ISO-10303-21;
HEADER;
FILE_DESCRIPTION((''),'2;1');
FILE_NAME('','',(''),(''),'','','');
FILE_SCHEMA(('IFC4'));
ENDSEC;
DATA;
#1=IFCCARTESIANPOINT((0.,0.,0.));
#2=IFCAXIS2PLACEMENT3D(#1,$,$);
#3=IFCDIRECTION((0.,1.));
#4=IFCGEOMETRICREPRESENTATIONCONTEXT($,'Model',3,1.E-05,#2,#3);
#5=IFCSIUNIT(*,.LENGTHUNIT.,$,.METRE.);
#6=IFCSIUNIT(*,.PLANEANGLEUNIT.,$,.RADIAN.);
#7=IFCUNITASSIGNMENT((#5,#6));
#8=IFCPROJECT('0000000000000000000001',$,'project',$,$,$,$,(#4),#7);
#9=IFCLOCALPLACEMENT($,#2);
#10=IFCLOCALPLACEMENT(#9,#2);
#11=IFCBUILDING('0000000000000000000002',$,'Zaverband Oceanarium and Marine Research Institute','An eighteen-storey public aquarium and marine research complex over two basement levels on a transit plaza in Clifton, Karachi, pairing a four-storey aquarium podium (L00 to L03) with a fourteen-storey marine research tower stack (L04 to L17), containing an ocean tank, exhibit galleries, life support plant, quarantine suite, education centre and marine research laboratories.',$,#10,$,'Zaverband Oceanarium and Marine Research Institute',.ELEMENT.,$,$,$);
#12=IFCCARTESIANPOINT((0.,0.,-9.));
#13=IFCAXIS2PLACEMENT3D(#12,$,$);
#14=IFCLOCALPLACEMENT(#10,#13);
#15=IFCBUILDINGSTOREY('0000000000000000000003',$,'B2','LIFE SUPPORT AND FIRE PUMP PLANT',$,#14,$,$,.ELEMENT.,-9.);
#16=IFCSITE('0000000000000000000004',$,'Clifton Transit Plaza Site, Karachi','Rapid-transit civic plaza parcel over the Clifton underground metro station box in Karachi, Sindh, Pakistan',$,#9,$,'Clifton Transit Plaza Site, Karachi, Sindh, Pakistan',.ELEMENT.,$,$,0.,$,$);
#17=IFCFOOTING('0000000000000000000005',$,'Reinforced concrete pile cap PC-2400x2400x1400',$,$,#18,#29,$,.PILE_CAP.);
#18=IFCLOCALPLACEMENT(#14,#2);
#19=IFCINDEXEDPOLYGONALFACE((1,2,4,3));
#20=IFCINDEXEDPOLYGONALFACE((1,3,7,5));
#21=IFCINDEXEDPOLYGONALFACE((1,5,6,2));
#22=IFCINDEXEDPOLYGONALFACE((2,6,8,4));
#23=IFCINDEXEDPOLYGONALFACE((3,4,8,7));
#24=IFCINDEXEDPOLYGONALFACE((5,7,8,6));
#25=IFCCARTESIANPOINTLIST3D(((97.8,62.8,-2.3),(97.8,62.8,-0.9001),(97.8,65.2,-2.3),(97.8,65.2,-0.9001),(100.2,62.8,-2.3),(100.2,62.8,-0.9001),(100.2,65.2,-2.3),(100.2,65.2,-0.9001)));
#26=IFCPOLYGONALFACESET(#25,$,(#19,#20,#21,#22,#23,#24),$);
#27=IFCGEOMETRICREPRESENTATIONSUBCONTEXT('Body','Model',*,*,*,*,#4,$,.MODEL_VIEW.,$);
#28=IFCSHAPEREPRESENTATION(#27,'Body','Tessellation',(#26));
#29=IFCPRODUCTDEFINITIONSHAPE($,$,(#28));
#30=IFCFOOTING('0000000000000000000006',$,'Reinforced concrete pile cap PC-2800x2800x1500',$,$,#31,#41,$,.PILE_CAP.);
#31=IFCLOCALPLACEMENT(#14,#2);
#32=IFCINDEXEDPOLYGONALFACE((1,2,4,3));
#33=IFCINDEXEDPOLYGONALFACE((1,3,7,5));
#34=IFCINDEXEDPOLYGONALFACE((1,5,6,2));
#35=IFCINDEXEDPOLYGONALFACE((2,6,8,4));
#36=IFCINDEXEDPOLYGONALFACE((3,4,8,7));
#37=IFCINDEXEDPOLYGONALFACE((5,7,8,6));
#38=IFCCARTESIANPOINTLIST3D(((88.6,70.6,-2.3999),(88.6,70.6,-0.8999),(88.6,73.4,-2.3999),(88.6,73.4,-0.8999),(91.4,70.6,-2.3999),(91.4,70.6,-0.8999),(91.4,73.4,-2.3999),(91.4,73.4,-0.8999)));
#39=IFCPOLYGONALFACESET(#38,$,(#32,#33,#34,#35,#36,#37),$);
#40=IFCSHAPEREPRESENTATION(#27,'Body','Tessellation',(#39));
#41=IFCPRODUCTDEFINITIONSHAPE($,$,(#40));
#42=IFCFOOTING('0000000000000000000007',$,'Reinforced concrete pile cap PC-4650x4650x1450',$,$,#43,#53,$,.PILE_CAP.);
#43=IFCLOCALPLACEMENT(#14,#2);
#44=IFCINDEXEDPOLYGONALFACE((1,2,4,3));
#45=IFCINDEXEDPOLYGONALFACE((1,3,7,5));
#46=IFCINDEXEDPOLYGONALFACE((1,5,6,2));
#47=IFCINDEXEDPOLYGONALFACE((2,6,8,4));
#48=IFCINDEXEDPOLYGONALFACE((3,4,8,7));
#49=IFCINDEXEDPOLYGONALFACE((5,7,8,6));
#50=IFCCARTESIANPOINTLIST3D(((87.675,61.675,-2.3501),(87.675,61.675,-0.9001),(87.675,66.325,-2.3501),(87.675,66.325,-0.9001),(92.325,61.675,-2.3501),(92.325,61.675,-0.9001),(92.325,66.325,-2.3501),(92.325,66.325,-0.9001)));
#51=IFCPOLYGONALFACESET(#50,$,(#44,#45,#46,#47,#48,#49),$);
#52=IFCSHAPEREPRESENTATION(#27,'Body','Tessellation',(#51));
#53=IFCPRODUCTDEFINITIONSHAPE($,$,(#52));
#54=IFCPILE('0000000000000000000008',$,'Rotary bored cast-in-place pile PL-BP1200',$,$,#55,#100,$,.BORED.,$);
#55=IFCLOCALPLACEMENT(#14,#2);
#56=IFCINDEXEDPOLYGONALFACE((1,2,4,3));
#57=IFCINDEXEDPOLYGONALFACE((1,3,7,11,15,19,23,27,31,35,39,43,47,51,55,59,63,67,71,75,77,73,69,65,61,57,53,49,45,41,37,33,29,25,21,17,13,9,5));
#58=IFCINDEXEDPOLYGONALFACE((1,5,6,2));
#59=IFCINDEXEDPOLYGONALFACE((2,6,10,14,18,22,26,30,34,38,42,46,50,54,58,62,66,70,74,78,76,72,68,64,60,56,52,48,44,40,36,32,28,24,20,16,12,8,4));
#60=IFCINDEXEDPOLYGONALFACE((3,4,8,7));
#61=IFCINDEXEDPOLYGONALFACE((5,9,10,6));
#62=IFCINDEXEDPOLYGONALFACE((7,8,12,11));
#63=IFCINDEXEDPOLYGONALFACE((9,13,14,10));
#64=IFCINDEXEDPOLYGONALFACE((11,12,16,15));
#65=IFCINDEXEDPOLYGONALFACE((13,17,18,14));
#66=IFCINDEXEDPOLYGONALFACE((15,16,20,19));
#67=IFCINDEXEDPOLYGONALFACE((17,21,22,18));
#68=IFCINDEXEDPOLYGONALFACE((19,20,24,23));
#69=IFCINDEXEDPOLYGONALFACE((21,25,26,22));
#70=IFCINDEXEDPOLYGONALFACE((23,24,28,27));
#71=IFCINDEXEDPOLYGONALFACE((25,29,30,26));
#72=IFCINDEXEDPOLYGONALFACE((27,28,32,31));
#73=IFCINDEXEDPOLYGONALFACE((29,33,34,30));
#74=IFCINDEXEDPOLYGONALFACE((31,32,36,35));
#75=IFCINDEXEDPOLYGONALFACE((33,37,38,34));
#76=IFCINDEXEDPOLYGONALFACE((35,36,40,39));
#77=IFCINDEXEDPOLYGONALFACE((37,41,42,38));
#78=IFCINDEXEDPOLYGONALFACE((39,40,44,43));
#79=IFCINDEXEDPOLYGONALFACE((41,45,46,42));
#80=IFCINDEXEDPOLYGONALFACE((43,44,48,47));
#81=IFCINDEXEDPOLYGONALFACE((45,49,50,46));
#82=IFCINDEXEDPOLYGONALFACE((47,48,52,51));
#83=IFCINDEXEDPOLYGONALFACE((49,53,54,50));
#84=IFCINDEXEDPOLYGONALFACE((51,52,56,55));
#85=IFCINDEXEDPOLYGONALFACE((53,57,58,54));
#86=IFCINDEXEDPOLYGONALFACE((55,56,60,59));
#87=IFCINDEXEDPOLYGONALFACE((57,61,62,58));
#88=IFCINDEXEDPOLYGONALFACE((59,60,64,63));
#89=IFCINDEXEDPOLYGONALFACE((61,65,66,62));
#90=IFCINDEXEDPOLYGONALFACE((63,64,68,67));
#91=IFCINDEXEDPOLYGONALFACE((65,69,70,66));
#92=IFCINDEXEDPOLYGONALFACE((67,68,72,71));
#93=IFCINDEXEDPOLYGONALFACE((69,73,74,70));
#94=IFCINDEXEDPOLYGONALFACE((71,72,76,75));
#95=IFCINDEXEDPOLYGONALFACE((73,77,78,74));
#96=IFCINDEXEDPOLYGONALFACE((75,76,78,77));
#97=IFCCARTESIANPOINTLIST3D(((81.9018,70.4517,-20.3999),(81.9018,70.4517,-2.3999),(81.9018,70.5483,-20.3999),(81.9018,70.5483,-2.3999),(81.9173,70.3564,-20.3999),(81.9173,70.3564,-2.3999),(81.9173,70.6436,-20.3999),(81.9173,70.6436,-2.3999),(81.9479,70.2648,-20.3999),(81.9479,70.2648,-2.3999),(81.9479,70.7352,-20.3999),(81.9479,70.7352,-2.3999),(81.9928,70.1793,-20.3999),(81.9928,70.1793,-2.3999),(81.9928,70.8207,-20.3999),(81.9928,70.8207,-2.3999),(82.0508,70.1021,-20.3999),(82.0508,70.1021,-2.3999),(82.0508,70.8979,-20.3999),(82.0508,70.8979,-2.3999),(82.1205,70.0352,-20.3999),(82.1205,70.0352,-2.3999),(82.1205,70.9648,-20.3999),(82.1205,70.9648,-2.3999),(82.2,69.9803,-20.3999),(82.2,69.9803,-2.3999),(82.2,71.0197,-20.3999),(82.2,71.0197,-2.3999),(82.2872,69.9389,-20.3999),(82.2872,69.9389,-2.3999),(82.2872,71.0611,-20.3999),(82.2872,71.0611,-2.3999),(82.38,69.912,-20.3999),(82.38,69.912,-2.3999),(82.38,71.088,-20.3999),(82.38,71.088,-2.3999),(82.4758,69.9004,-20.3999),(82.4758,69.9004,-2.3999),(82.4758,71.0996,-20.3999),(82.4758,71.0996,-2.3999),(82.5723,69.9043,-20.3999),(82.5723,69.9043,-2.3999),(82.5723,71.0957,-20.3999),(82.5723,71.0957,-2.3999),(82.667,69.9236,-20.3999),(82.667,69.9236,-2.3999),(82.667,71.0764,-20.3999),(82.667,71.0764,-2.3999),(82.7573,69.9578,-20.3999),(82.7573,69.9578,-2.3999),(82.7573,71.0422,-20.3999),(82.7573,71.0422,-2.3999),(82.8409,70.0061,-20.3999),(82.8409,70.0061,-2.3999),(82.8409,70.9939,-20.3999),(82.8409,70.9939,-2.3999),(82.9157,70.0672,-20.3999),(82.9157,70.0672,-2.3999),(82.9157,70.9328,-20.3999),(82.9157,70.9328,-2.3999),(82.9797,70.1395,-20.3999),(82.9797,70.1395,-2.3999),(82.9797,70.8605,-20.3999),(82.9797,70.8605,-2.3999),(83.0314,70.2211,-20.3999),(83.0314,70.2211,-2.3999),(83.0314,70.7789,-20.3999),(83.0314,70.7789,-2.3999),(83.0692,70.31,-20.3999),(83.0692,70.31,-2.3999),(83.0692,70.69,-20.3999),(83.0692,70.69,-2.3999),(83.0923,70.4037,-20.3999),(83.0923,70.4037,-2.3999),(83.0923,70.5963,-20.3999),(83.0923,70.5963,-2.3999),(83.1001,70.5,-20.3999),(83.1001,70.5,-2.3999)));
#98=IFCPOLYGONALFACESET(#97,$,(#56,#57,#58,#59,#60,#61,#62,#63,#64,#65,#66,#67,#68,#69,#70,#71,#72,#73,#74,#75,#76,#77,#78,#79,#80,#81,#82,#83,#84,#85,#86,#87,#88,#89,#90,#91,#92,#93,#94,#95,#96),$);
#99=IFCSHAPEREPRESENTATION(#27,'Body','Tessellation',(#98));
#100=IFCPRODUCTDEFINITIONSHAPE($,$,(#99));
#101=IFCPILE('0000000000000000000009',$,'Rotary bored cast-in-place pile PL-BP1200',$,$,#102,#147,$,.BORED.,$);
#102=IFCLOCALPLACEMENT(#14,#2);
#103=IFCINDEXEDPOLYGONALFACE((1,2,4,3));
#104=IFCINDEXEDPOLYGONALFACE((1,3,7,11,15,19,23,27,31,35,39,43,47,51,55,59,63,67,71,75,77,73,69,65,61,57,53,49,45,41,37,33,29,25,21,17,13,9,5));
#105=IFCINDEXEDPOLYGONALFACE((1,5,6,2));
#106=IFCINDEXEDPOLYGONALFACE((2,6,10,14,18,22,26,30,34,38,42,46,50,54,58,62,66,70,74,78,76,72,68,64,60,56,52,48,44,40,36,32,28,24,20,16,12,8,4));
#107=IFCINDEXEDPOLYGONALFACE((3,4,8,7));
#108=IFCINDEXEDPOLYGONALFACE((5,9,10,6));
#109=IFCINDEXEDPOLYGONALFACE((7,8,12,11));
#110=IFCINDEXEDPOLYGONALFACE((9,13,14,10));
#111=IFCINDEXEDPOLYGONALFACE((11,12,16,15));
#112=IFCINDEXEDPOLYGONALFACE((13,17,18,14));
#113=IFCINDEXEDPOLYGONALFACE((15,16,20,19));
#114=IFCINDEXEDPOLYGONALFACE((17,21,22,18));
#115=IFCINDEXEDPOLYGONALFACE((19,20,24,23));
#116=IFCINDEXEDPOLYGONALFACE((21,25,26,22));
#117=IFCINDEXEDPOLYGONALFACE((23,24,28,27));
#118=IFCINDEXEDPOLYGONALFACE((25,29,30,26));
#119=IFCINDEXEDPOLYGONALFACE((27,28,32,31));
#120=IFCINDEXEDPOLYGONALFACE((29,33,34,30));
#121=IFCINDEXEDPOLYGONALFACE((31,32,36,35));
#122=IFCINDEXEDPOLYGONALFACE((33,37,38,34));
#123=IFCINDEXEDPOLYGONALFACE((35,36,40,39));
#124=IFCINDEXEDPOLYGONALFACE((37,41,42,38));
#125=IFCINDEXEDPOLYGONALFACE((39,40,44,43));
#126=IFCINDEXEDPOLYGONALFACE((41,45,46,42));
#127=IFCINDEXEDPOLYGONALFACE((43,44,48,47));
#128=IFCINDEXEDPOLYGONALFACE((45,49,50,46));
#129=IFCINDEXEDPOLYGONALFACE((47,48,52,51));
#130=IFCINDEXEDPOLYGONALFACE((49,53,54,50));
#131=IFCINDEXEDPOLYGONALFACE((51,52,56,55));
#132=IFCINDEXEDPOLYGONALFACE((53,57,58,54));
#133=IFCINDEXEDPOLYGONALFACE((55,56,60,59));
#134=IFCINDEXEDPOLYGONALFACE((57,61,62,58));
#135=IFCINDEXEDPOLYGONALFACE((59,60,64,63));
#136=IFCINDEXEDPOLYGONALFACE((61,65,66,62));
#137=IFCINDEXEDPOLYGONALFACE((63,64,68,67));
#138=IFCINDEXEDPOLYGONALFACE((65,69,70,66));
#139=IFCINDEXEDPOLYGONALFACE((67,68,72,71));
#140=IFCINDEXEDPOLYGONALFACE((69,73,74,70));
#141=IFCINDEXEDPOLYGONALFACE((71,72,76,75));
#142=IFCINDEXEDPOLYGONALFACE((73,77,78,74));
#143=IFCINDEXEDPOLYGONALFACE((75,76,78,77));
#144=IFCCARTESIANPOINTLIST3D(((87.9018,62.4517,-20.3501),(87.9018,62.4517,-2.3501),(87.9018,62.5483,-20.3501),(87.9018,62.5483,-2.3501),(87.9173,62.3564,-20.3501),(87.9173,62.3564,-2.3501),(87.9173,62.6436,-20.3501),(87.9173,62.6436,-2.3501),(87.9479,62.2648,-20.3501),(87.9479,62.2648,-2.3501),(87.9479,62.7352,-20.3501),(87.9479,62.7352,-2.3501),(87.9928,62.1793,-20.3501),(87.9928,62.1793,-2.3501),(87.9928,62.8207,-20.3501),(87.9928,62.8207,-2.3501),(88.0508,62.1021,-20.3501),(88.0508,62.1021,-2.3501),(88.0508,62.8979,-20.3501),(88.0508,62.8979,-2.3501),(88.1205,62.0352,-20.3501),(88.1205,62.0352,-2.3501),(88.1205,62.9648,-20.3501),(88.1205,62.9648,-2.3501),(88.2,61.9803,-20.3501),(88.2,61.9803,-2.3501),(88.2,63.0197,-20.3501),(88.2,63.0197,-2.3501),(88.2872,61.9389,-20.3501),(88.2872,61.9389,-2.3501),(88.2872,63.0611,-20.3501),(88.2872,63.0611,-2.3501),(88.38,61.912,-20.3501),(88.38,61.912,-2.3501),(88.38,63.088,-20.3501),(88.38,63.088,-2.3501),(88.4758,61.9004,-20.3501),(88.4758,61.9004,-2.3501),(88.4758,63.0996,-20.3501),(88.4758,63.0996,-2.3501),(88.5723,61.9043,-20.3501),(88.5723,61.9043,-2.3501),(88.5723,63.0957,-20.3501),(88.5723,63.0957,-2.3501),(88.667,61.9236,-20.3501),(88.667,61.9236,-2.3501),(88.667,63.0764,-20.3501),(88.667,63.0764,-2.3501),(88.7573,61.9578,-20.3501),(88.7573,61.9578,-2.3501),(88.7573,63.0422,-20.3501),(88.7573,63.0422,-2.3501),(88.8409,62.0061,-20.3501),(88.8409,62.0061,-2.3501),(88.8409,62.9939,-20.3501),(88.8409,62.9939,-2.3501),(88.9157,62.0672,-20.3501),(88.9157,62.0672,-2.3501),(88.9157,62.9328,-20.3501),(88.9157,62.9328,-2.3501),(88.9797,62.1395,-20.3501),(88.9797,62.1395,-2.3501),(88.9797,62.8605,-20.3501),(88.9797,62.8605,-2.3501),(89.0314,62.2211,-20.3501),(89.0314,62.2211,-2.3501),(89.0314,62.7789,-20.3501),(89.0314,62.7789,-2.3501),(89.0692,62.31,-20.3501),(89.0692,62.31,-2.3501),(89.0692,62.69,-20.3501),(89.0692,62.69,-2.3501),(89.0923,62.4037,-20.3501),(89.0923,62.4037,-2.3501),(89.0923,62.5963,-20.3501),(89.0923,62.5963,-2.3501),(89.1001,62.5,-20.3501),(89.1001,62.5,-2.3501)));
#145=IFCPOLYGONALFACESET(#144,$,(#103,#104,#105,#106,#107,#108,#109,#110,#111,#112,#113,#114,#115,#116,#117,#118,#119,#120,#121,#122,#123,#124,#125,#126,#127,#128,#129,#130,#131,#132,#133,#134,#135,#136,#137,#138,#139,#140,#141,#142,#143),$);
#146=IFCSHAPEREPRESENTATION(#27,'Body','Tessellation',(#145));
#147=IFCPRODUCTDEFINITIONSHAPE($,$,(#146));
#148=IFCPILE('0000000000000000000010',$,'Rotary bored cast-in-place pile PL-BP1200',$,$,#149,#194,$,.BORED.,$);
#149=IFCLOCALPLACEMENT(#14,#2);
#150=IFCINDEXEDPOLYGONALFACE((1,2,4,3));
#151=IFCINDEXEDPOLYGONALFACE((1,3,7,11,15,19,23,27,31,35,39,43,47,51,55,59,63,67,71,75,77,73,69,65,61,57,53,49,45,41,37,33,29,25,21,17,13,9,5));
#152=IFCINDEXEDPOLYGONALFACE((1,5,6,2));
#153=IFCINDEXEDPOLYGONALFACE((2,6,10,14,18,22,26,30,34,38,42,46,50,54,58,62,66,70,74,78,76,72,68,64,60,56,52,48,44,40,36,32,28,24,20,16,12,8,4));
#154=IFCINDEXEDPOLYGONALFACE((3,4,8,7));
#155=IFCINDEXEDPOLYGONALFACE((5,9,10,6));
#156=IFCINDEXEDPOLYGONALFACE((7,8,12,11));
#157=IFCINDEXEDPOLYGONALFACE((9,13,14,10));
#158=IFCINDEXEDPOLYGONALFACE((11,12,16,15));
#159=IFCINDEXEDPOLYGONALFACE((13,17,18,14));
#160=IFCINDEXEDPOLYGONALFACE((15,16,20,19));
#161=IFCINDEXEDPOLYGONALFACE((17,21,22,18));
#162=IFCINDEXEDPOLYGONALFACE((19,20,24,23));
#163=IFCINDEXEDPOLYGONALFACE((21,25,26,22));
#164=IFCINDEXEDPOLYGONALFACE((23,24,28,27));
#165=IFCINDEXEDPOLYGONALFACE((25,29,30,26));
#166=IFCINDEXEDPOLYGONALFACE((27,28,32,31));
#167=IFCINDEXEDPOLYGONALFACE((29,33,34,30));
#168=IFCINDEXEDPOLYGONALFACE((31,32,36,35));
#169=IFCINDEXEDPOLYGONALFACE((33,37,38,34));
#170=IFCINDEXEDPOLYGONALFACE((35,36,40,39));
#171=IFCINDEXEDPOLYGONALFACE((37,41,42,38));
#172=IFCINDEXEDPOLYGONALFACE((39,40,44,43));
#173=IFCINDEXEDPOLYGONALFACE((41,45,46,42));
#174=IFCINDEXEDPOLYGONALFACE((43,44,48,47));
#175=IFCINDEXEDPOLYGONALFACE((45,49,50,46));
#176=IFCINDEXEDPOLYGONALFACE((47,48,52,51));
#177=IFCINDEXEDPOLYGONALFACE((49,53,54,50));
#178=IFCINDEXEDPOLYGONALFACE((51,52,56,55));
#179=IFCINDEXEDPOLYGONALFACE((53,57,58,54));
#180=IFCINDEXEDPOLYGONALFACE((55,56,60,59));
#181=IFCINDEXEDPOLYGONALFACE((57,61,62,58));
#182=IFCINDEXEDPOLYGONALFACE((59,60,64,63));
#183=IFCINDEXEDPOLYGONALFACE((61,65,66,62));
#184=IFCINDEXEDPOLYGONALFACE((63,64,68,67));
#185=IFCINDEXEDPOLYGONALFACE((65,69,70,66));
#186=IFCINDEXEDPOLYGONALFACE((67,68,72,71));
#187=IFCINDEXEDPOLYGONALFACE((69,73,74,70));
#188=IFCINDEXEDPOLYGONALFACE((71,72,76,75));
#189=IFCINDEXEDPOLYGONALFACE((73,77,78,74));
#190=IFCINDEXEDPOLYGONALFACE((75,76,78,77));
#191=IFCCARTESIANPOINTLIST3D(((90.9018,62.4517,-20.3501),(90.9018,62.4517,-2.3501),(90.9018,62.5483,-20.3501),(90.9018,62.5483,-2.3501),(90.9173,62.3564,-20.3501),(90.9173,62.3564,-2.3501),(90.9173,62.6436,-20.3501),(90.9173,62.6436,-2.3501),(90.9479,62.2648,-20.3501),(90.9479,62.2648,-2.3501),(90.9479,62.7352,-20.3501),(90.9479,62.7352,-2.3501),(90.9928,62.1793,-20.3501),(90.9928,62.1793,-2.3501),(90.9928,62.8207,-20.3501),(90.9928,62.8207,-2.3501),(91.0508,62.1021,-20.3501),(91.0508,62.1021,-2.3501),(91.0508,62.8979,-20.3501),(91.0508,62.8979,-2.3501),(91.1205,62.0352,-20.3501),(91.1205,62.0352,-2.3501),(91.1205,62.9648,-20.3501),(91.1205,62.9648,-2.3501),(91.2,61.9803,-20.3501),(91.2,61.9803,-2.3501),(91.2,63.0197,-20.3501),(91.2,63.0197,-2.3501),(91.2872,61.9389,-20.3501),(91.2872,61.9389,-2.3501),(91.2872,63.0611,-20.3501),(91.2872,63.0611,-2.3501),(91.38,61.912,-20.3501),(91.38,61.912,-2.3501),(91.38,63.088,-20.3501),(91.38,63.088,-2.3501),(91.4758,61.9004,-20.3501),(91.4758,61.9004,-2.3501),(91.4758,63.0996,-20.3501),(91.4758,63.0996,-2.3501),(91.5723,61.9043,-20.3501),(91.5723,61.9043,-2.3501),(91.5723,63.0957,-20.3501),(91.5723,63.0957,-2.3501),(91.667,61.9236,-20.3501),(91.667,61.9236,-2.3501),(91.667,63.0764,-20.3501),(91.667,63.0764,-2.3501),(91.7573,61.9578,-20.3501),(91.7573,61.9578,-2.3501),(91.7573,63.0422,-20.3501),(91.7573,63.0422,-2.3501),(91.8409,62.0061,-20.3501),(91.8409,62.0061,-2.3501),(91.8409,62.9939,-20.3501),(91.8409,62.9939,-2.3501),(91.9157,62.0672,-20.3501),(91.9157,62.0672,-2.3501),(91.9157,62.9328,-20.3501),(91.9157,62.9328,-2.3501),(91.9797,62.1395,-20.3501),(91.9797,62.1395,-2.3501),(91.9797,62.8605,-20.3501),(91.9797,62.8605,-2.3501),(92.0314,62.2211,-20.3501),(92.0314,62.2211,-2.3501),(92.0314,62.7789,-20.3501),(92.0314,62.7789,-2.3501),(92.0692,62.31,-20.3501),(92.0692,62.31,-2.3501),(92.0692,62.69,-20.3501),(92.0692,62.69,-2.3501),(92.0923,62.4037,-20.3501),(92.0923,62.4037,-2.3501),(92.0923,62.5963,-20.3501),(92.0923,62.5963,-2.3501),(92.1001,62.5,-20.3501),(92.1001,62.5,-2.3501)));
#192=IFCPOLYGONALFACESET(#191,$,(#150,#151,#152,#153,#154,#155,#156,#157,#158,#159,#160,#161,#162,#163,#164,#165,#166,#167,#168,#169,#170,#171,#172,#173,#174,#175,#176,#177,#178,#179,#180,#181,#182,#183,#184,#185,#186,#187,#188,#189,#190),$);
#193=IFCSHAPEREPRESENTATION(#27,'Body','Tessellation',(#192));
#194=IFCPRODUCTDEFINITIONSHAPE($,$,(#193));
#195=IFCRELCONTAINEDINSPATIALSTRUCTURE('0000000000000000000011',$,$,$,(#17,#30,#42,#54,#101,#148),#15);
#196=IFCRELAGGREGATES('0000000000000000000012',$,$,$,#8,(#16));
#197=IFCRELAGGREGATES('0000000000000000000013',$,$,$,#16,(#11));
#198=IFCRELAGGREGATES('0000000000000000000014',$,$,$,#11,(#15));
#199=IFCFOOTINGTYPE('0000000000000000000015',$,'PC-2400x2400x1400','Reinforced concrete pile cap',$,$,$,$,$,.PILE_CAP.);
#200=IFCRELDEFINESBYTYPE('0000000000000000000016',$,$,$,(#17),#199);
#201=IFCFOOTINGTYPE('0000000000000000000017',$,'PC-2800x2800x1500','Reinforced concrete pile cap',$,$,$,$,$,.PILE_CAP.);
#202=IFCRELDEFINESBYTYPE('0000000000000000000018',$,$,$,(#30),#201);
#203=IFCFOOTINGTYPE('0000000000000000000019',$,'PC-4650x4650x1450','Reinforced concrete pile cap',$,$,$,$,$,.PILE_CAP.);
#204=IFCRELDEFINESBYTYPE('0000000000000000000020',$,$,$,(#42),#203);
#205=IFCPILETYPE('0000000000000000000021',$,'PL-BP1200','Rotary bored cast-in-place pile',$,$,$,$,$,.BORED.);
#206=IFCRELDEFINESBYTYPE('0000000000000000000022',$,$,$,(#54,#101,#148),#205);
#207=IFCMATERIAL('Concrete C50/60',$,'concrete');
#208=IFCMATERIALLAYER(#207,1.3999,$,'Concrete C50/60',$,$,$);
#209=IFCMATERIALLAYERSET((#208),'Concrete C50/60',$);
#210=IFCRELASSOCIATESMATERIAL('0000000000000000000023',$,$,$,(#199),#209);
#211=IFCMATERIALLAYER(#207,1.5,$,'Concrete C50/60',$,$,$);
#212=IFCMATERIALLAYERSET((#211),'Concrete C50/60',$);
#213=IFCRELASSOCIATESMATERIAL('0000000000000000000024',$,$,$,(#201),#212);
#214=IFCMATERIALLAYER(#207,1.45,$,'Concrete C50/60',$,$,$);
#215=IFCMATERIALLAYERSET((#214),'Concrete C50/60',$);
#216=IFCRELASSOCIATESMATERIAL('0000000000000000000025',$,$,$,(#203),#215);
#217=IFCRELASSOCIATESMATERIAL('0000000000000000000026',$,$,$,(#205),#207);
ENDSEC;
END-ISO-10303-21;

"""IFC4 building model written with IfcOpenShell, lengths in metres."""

from ifc_helpers import new_model, si_unit, direction, frame, origin, origin_2d, place, context, subcontext, project, spatial, rectangle, circle, extrude, material, layer, layer_set, material_profile, profile_set, type_object, element, save


model = new_model("IFC4")

# Units and contexts
model_context = context("Model", 3, precision=1e-05, world=origin(), true_north=direction((0.0, 1.0)))
body_context = subcontext(model_context, "Body", "Model", "MODEL_VIEW")
ifc_project = project(units=[si_unit("LENGTHUNIT", "METRE"), si_unit("PLANEANGLEUNIT", "RADIAN")], contexts=[model_context])

# Site, building, storey
site_placement = place(None, origin())
site = spatial("IfcSite", under=ifc_project, at=site_placement, Name="Clifton Transit Plaza Site, Karachi", Description="Rapid-transit civic plaza parcel over the Clifton underground metro station box in Karachi, Sindh, Pakistan", LongName="Clifton Transit Plaza Site, Karachi, Sindh, Pakistan", CompositionType="ELEMENT", RefElevation=0.0)
building_placement = place(site_placement, origin())
building = spatial("IfcBuilding", under=site, at=building_placement, Name="Zaverband Oceanarium and Marine Research Institute", Description="An eighteen-storey public aquarium and marine research complex over two basement levels on a transit plaza in Clifton, Karachi, pairing a four-storey aquarium podium (L00 to L03) with a fourteen-storey marine research tower stack (L04 to L17), containing an ocean tank, exhibit galleries, life support plant, quarantine suite, education centre and marine research laboratories.", LongName="Zaverband Oceanarium and Marine Research Institute", CompositionType="ELEMENT")
storey_placement = place(building_placement, frame((0.0, 0.0, -9.0)))
storey = spatial("IfcBuildingStorey", under=building, at=storey_placement, Name="B2", Description="LIFE SUPPORT AND FIRE PUMP PLANT", CompositionType="ELEMENT", Elevation=-9.0)

# Footings
ifc_material_1 = material(Name="Concrete C50/60", Category="concrete")
ifc_layer_1 = layer(ifc_material_1, 1.3999, Name="Concrete C50/60")
ifc_layer_set_1 = layer_set([ifc_layer_1], Name="Concrete C50/60")
footing_type_1 = type_object("IfcFootingType", Name="PC-2400x2400x1400", Description="Reinforced concrete pile cap", PredefinedType="PILE_CAP", material=ifc_layer_set_1)
footing_1_placement = place(storey_placement, frame((99.0, 64.0, -2.3), z_axis=(0.0, 0.0, 1.0), x_axis=(1.0, 0.0, 0.0)))
element("IfcFooting", 1, at=footing_1_placement, inside=storey, type_object=footing_type_1, Name="Reinforced concrete pile cap PC-2400x2400x1400", PredefinedType="PILE_CAP", context=body_context, shape_type="SweptSolid", body=[
    extrude(rectangle(XDim=2.3999, YDim=2.3999, at=origin_2d()), origin(), (0.0, 0.0, 1.0), 1.3999),
])
ifc_layer_2 = layer(ifc_material_1, 1.5, Name="Concrete C50/60")
ifc_layer_set_2 = layer_set([ifc_layer_2], Name="Concrete C50/60")
footing_type_2 = type_object("IfcFootingType", Name="PC-2800x2800x1500", Description="Reinforced concrete pile cap", PredefinedType="PILE_CAP", material=ifc_layer_set_2)
footing_2_placement = place(storey_placement, frame((90.0, 72.0, -2.3999), z_axis=(0.0, 0.0, 1.0), x_axis=(1.0, 0.0, 0.0)))
element("IfcFooting", 2, at=footing_2_placement, inside=storey, type_object=footing_type_2, Name="Reinforced concrete pile cap PC-2800x2800x1500", PredefinedType="PILE_CAP", context=body_context, shape_type="SweptSolid", body=[
    extrude(rectangle(XDim=2.8, YDim=2.8, at=origin_2d()), origin(), (0.0, 0.0, 1.0), 1.5),
])
ifc_layer_3 = layer(ifc_material_1, 1.45, Name="Concrete C50/60")
ifc_layer_set_3 = layer_set([ifc_layer_3], Name="Concrete C50/60")
footing_type_3 = type_object("IfcFootingType", Name="PC-4650x4650x1450", Description="Reinforced concrete pile cap", PredefinedType="PILE_CAP", material=ifc_layer_set_3)
footing_3_placement = place(storey_placement, frame((90.0, 64.0, -2.3501), z_axis=(0.0, 0.0, 1.0), x_axis=(1.0, 0.0, 0.0)))
element("IfcFooting", 3, at=footing_3_placement, inside=storey, type_object=footing_type_3, Name="Reinforced concrete pile cap PC-4650x4650x1450", PredefinedType="PILE_CAP", context=body_context, shape_type="SweptSolid", body=[
    extrude(rectangle(XDim=4.6499, YDim=4.6499, at=origin_2d()), origin(), (0.0, 0.0, 1.0), 1.45),
])

# Piles
ifc_material_profile_1 = material_profile(ifc_material_1, circle(Radius=0.6001, at=origin_2d()), Name="BP1200")
ifc_profile_set_1 = profile_set([ifc_material_profile_1], Name="Concrete C50/60")
pile_type = type_object("IfcPileType", Name="PL-BP1200", Description="Rotary bored cast-in-place pile", PredefinedType="BORED", material=ifc_profile_set_1)
for number, where, z_axis, x_axis, name in (
    (4, (82.5, 70.5, -2.3999), (0.0, 0.0, -1.0), (1.0, 0.0, 0.0), "Rotary bored cast-in-place pile PL-BP1200"),
    (5, (88.5, 62.5, -2.3501), (0.0, 0.0, -1.0), (1.0, 0.0, 0.0), "Rotary bored cast-in-place pile PL-BP1200"),
    (6, (91.5, 62.5, -2.3501), (0.0, 0.0, -1.0), (1.0, 0.0, 0.0), "Rotary bored cast-in-place pile PL-BP1200"),
):
    element("IfcPile", number, at=place(storey_placement, frame(where, z_axis=z_axis, x_axis=x_axis)), inside=storey, type_object=pile_type, Name=name, PredefinedType="BORED", context=body_context, shape_type="SweptSolid", body=[
        extrude(circle(Radius=0.6001, at=origin_2d()), origin(), (0.0, 0.0, 1.0), 18.0),
    ])

save(model, "model.ifc")
